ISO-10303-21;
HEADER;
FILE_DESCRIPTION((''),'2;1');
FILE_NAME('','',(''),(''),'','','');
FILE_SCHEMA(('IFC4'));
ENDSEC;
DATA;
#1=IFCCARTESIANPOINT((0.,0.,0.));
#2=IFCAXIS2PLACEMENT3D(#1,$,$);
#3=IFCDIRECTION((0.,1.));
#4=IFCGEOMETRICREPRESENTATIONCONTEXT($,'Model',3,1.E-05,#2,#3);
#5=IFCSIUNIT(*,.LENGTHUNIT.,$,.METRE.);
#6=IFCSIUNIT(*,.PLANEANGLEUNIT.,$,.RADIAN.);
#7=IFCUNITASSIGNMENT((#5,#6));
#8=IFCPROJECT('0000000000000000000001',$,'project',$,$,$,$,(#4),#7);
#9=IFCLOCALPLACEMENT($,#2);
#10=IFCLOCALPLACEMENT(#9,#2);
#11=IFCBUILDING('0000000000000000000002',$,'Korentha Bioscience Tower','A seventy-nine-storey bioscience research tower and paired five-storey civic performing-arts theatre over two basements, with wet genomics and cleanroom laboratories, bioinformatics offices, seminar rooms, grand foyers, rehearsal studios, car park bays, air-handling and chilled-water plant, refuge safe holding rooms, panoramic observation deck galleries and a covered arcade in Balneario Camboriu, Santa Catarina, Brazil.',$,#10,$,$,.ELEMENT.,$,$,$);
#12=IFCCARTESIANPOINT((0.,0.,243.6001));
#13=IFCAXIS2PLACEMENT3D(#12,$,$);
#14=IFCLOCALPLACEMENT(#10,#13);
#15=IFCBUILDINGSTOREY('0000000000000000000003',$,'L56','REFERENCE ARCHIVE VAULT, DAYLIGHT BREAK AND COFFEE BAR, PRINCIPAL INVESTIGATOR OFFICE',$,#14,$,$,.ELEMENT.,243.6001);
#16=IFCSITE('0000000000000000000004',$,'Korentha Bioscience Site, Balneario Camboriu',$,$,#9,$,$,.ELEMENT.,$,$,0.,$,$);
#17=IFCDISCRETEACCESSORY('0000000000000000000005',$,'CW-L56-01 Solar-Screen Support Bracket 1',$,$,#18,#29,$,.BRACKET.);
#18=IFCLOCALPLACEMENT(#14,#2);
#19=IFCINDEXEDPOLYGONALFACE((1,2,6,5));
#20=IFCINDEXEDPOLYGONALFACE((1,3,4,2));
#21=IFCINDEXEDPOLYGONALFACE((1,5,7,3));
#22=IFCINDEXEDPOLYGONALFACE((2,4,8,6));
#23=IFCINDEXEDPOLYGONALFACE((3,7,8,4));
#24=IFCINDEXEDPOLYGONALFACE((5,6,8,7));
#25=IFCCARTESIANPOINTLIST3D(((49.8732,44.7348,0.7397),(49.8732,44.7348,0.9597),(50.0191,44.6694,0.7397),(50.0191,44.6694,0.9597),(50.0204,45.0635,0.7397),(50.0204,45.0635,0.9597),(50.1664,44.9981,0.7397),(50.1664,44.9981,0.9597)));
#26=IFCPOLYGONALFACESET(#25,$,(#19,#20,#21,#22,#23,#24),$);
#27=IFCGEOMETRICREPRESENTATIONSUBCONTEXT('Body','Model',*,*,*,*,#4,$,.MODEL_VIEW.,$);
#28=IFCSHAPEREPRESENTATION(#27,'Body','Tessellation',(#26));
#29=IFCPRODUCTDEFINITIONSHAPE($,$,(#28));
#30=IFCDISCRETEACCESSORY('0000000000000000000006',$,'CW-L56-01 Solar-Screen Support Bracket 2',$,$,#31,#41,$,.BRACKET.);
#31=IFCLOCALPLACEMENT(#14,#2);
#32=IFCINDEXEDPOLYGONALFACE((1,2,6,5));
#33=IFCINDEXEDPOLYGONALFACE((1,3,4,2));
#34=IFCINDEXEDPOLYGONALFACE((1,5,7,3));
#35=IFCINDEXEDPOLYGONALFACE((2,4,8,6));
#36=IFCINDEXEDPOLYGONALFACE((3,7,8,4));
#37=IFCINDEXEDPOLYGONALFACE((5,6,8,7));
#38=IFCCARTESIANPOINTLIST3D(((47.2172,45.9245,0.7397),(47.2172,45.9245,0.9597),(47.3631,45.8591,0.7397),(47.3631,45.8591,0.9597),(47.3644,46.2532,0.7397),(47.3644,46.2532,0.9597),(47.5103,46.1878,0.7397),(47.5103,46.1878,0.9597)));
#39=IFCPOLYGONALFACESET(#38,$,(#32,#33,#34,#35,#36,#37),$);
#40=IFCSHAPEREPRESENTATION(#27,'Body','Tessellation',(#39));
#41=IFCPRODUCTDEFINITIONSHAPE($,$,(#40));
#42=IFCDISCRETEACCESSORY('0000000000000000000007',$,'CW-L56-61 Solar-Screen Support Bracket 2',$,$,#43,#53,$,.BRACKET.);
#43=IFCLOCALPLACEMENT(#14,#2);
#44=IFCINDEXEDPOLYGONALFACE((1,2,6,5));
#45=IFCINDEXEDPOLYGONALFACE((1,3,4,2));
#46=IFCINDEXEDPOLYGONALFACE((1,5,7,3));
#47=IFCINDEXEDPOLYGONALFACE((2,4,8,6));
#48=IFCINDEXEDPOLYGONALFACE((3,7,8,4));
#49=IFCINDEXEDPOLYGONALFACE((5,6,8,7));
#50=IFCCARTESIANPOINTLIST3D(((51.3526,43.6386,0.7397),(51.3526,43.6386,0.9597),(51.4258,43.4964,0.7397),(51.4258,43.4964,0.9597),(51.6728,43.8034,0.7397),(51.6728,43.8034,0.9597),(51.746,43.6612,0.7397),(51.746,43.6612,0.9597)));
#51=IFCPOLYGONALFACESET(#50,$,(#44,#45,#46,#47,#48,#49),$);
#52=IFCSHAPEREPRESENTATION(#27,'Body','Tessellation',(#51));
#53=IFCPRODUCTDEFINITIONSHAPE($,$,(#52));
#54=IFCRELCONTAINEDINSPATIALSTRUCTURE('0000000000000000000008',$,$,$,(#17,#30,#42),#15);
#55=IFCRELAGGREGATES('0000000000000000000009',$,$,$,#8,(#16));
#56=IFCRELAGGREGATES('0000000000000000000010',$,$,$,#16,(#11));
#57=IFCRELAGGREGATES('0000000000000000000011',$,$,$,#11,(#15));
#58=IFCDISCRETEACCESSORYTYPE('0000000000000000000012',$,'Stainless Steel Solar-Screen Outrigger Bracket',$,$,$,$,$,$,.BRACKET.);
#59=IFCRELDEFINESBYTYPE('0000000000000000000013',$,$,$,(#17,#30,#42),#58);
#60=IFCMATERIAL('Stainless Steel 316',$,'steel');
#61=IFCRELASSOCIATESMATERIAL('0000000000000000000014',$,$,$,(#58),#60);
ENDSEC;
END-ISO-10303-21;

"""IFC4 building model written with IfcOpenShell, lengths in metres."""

from ifc_helpers import new_model, si_unit, direction, frame, origin, origin_2d, place, context, subcontext, project, spatial, rectangle, extrude, material, type_object, element, save


model = new_model("IFC4")

# Units and contexts
model_context = context("Model", 3, precision=1e-05, world=origin(), true_north=direction((0.0, 1.0)))
body_context = subcontext(model_context, "Body", "Model", "MODEL_VIEW")
ifc_project = project(units=[si_unit("LENGTHUNIT", "METRE"), si_unit("PLANEANGLEUNIT", "RADIAN")], contexts=[model_context])

# Site, building, storey
site_placement = place(None, origin())
site = spatial("IfcSite", under=ifc_project, at=site_placement, Name="Korentha Bioscience Site, Balneario Camboriu", CompositionType="ELEMENT", RefElevation=0.0)
building_placement = place(site_placement, origin())
building = spatial("IfcBuilding", under=site, at=building_placement, Name="Korentha Bioscience Tower", Description="A seventy-nine-storey bioscience research tower and paired five-storey civic performing-arts theatre over two basements, with wet genomics and cleanroom laboratories, bioinformatics offices, seminar rooms, grand foyers, rehearsal studios, car park bays, air-handling and chilled-water plant, refuge safe holding rooms, panoramic observation deck galleries and a covered arcade in Balneario Camboriu, Santa Catarina, Brazil.", CompositionType="ELEMENT")
storey_placement = place(building_placement, frame((0.0, 0.0, 243.6001)))
storey = spatial("IfcBuildingStorey", under=building, at=storey_placement, Name="L56", Description="REFERENCE ARCHIVE VAULT, DAYLIGHT BREAK AND COFFEE BAR, PRINCIPAL INVESTIGATOR OFFICE", CompositionType="ELEMENT", Elevation=243.6001)

# Discrete accessories
ifc_material_1 = material(Name="Stainless Steel 316", Category="steel")
discrete_accessory_type = type_object("IfcDiscreteAccessoryType", Name="Stainless Steel Solar-Screen Outrigger Bracket", PredefinedType="BRACKET", material=ifc_material_1)
for number, where, z_axis, x_axis, name in (
    (1, (50.0198, 44.8665, 0.7397), (0.0, 0.0, 1.0), (-0.912622, 0.408805, 0.0), "CW-L56-01 Solar-Screen Support Bracket 1"),
    (2, (47.3638, 46.0562, 0.7397), (0.0, 0.0, 1.0), (-0.912622, 0.408805, 0.0), "CW-L56-01 Solar-Screen Support Bracket 2"),
    (3, (51.5493, 43.6499, 0.7397), (0.0, 0.0, 1.0), (-0.45757, 0.889174, 0.0), "CW-L56-61 Solar-Screen Support Bracket 2"),
):
    element("IfcDiscreteAccessory", number, at=place(storey_placement, frame(where, z_axis=z_axis, x_axis=x_axis)), inside=storey, type_object=discrete_accessory_type, Name=name, PredefinedType="BRACKET", context=body_context, shape_type="SweptSolid", body=[
        extrude(rectangle(XDim=0.1599, YDim=0.3601, at=origin_2d()), origin(), (0.0, 0.0, 1.0), 0.22),
    ])

save(model, "model.ifc")
